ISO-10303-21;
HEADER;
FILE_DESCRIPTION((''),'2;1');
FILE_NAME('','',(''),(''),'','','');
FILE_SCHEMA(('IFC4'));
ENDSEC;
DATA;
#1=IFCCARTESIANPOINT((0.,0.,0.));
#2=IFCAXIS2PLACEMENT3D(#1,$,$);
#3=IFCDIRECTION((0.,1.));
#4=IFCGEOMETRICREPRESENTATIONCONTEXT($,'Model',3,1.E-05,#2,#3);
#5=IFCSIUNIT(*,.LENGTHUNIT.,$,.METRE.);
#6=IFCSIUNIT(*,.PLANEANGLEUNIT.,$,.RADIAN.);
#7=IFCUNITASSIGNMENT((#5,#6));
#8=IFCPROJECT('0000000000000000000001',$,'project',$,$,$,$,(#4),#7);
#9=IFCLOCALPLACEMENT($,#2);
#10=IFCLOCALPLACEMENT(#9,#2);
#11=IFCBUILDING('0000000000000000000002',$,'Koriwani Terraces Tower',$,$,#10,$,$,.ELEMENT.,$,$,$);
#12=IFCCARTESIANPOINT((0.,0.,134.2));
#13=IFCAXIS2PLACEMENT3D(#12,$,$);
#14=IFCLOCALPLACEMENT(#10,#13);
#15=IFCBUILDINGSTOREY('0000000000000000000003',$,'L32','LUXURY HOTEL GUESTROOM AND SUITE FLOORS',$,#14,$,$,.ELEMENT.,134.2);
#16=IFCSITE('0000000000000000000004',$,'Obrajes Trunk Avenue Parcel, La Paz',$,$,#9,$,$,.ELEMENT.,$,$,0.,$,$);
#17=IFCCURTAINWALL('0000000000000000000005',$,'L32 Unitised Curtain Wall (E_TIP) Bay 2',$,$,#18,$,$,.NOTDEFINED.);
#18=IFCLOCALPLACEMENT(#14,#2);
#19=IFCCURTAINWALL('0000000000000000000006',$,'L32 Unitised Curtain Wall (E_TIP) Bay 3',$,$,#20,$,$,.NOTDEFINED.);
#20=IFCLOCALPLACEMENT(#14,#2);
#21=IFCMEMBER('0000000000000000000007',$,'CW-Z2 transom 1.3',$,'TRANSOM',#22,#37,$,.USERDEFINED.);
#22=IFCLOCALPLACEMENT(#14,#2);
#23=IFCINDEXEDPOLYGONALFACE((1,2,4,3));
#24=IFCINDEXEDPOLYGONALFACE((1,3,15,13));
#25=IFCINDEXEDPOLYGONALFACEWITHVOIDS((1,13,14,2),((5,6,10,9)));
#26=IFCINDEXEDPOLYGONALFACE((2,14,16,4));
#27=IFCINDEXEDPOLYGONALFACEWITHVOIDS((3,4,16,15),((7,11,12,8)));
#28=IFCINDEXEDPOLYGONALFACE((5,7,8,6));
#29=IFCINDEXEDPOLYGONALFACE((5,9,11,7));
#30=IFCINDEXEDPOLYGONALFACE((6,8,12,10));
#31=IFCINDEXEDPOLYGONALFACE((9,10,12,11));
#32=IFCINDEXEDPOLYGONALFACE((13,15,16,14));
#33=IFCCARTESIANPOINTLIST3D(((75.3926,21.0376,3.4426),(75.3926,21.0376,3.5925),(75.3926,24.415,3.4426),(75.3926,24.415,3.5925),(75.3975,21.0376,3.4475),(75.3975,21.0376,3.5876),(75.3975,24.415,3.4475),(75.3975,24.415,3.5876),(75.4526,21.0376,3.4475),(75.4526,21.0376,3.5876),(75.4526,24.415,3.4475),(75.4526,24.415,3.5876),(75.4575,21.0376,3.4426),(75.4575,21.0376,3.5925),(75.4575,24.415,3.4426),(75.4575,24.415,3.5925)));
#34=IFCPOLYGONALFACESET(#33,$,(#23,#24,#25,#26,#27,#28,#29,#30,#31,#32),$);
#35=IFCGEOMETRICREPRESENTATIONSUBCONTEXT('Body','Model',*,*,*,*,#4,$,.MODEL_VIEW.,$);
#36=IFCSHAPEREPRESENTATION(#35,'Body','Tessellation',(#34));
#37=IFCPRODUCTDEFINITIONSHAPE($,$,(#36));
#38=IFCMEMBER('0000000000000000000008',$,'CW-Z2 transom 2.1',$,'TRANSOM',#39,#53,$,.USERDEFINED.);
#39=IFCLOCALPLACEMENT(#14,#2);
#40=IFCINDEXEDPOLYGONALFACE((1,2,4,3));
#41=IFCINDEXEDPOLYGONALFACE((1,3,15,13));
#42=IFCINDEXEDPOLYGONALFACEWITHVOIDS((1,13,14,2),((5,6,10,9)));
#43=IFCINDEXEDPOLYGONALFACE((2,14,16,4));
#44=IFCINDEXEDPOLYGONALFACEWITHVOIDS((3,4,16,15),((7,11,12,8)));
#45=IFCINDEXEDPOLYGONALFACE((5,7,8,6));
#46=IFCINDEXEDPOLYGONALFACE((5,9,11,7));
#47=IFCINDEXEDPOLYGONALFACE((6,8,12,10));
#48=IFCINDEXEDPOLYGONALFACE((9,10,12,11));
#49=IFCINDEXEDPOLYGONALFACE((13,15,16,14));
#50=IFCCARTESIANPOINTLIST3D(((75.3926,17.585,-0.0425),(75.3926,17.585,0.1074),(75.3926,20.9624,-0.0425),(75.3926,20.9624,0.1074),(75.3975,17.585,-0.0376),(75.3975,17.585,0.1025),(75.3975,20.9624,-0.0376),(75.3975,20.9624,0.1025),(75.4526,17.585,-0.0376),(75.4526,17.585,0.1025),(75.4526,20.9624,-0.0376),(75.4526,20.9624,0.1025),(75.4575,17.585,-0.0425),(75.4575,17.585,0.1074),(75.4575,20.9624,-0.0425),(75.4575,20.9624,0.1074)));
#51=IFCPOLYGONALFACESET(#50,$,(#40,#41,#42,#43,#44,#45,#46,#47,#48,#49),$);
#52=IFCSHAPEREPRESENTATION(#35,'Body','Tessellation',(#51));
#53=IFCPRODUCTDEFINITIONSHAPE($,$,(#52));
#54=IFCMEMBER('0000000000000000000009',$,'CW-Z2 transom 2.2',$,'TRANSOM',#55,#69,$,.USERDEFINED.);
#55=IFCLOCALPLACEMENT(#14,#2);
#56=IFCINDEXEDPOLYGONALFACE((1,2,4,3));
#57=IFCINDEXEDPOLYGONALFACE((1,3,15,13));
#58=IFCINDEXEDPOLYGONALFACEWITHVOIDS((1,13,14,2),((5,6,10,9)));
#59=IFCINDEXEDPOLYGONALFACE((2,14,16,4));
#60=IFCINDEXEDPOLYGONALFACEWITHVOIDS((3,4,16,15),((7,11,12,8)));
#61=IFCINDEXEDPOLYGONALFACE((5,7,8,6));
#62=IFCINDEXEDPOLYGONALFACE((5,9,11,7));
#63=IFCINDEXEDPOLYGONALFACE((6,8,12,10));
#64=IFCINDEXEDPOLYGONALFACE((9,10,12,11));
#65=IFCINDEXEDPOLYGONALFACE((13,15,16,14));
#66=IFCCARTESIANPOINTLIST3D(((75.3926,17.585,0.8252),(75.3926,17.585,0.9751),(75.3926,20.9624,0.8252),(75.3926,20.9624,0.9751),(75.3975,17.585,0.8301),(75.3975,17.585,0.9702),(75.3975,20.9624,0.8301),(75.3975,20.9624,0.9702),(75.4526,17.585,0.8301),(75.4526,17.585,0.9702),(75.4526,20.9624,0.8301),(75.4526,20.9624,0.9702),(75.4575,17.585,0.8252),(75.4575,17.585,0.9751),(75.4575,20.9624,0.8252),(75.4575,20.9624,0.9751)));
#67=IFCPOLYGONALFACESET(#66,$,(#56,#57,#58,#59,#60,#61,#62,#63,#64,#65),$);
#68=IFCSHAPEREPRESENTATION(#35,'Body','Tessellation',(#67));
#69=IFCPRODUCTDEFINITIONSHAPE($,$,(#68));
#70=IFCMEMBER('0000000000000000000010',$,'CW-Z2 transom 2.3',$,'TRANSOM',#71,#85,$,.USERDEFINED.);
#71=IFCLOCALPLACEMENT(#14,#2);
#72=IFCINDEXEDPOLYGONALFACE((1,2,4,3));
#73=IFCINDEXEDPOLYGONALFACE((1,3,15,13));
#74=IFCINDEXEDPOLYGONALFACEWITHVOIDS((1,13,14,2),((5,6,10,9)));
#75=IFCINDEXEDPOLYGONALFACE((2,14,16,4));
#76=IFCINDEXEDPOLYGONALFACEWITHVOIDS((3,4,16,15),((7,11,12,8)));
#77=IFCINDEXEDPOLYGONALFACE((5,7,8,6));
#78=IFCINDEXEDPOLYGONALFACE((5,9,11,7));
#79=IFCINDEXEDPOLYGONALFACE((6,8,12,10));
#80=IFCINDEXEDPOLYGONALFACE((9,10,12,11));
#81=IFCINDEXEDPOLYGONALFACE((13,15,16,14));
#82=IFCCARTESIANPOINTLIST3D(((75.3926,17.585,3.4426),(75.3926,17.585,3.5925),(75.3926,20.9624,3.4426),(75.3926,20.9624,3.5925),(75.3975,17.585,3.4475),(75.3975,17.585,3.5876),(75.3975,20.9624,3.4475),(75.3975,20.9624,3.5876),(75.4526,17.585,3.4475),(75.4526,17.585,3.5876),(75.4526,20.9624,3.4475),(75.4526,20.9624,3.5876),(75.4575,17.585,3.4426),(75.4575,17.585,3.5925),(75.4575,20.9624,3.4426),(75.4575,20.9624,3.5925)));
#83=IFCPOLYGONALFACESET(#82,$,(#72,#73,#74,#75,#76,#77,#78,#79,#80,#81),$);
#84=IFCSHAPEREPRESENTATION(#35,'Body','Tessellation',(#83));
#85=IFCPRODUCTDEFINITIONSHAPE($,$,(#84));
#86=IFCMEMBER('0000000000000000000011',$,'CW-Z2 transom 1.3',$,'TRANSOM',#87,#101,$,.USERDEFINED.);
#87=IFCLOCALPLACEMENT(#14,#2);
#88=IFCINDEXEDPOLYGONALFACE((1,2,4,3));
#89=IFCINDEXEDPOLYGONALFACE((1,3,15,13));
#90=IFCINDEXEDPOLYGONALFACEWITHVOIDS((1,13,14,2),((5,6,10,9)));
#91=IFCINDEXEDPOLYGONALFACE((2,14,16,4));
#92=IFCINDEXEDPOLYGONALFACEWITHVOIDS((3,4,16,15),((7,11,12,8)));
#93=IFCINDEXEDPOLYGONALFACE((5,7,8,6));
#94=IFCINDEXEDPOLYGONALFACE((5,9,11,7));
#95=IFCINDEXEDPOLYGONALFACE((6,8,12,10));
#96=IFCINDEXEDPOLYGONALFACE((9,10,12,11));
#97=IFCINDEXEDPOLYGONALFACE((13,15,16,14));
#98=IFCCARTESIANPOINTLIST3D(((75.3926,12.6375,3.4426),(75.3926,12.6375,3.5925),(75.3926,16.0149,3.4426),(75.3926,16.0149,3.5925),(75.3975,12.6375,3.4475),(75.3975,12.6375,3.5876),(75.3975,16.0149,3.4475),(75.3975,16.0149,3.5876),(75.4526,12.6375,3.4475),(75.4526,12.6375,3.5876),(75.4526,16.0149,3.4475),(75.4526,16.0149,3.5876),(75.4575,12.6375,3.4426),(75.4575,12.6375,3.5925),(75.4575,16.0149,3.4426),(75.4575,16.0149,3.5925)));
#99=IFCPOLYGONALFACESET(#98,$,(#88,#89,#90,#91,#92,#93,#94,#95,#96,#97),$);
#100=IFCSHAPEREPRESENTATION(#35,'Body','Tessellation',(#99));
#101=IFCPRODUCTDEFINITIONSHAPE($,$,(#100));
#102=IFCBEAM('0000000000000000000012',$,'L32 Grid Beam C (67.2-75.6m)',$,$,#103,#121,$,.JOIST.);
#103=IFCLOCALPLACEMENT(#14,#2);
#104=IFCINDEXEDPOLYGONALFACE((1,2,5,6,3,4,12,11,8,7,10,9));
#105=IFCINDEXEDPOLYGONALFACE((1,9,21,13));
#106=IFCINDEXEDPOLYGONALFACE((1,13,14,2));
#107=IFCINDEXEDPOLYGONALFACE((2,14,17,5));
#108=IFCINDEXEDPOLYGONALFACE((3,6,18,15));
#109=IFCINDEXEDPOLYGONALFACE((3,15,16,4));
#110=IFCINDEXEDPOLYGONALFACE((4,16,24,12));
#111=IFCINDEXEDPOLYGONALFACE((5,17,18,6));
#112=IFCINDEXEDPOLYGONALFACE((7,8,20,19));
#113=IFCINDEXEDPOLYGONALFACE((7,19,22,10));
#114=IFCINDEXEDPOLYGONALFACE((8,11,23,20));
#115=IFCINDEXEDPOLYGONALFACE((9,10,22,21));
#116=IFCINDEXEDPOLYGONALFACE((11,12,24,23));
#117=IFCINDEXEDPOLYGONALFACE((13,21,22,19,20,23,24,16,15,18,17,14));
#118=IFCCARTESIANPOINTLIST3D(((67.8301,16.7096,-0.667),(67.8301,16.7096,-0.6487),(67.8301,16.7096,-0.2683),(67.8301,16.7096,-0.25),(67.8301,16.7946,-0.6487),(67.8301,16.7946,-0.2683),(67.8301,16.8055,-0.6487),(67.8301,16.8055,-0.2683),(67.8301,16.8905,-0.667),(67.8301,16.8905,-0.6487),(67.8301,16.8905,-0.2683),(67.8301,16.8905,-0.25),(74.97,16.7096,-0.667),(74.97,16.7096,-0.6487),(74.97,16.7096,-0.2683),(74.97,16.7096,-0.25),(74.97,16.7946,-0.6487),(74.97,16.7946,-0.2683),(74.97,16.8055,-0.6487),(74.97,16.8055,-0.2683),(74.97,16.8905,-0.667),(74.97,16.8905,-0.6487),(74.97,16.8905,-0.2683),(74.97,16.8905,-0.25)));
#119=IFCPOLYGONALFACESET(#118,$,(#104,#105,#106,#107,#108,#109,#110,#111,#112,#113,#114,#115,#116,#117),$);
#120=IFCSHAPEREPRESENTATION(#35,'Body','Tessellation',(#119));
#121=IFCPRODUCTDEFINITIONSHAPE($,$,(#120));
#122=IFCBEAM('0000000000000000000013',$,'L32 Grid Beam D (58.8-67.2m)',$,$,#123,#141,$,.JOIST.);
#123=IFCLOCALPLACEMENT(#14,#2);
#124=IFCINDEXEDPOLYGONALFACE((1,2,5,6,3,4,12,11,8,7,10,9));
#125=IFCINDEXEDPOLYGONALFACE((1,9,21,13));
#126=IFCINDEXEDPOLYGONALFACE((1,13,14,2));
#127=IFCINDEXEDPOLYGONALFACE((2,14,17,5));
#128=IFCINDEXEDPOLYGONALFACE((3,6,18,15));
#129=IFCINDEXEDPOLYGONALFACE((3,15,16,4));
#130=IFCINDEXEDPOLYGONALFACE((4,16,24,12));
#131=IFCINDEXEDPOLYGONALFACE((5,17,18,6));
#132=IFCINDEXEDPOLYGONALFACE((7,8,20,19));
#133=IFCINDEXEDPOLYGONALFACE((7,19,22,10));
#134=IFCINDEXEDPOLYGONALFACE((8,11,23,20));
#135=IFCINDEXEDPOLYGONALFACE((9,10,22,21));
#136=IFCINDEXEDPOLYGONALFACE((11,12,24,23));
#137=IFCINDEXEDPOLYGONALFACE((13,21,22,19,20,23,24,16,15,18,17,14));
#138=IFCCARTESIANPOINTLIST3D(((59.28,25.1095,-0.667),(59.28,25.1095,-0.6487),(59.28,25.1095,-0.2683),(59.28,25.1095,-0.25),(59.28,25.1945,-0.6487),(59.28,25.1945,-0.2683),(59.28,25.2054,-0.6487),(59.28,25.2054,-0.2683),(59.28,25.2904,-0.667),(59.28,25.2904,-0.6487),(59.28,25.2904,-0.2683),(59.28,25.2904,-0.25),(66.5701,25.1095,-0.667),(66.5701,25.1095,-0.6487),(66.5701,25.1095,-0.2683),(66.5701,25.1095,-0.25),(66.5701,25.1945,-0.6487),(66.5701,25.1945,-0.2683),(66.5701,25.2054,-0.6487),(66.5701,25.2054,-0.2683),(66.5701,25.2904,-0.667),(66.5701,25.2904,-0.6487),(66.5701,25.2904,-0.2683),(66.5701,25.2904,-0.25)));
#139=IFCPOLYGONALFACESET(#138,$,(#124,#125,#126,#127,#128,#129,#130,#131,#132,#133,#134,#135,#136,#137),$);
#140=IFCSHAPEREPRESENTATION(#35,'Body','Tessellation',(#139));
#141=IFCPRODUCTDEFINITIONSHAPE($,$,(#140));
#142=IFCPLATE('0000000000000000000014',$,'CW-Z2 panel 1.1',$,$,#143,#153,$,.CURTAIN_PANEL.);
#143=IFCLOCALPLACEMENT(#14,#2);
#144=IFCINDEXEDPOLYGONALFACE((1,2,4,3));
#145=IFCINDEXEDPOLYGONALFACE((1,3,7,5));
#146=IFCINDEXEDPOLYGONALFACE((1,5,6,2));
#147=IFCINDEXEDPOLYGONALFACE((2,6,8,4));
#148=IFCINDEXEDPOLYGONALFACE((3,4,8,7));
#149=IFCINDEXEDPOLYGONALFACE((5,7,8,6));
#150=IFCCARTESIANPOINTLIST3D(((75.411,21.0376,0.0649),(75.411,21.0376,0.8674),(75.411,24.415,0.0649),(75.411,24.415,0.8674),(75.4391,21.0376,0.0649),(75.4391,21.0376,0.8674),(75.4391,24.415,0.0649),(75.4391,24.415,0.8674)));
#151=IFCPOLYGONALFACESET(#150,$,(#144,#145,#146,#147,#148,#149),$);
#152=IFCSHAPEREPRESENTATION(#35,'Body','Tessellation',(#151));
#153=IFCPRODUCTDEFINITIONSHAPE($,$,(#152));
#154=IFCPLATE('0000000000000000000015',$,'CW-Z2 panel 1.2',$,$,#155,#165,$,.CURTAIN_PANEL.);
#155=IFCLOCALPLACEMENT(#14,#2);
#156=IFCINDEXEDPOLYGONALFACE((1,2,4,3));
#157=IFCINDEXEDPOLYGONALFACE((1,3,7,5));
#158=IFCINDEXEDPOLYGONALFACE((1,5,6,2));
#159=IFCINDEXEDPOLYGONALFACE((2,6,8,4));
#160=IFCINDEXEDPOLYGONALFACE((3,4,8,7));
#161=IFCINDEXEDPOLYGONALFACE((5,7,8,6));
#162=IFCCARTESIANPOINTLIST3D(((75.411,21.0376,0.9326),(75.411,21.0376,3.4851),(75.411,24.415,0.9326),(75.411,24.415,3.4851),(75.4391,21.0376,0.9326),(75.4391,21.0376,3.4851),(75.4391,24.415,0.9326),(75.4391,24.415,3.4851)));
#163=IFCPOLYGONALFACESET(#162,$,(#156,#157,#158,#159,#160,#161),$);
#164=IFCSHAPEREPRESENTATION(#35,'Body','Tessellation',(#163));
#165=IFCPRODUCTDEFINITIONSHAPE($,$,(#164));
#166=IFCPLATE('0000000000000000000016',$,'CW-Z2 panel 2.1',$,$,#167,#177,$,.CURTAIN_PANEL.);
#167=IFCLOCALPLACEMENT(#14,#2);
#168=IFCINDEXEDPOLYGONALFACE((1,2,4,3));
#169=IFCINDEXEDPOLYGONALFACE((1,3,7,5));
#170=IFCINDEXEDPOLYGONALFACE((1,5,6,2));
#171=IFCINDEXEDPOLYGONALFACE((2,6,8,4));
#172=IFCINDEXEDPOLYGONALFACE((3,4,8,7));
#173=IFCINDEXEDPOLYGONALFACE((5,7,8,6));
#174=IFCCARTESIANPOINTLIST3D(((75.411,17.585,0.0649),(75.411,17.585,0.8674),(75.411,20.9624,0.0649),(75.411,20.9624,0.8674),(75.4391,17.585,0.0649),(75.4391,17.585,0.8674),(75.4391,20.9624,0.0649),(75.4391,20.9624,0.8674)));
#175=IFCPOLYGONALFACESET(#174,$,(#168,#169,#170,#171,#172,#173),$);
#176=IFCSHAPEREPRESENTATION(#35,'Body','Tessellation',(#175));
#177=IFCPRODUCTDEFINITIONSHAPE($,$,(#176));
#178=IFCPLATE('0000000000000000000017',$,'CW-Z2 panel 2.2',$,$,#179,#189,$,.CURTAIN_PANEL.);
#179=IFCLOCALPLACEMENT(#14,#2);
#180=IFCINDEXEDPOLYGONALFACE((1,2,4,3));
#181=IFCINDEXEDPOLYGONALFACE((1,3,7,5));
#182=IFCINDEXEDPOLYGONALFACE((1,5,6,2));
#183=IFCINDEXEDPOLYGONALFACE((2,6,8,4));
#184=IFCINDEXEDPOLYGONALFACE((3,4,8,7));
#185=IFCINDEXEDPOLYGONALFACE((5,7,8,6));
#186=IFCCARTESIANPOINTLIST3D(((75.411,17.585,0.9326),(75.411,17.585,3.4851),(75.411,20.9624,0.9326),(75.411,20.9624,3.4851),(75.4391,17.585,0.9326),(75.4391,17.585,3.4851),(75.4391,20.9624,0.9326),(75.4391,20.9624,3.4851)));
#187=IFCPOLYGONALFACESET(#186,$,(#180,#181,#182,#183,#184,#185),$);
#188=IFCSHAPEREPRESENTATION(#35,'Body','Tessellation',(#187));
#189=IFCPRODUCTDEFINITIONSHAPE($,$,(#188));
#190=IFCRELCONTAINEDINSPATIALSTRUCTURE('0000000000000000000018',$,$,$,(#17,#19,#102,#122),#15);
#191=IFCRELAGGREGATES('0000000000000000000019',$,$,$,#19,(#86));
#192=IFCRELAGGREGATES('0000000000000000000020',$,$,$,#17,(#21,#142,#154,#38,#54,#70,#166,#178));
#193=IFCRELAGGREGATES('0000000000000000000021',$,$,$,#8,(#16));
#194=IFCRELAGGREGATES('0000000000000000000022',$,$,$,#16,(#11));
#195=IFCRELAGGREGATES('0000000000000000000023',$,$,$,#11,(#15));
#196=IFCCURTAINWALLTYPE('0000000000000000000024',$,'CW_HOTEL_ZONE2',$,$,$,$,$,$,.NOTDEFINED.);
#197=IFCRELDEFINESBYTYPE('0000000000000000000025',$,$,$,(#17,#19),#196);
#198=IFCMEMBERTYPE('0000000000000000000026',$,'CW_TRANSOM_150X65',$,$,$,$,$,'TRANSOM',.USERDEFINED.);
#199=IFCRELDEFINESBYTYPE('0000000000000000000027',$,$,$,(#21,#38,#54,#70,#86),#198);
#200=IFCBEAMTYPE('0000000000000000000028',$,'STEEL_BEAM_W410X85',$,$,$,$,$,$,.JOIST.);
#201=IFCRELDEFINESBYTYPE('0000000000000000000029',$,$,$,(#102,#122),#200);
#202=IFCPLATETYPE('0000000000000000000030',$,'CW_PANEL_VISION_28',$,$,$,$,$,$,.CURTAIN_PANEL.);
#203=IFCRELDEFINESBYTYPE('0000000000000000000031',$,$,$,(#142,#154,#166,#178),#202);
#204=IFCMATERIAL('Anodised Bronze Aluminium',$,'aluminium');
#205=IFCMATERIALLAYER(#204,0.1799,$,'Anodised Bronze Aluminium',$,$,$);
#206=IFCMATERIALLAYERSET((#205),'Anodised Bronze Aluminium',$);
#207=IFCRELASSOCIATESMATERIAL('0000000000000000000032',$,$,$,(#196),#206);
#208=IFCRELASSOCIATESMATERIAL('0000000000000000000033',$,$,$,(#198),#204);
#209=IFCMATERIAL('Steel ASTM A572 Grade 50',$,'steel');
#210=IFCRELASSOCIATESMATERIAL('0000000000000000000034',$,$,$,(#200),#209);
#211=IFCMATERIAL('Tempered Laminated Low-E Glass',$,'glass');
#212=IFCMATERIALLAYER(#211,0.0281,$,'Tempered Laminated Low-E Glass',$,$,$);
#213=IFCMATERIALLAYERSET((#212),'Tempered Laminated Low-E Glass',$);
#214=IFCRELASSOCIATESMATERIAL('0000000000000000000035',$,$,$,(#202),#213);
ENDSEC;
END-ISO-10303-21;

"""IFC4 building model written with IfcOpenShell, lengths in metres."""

from ifc_helpers import new_model, si_unit, direction, frame, origin, origin_2d, place, context, subcontext, project, spatial, rectangle, hollow_rectangle, i_section, extrude, material, layer, layer_set, material_profile, profile_set, type_object, element, aggregate, save


model = new_model("IFC4")

# Units and contexts
model_context = context("Model", 3, precision=1e-05, world=origin(), true_north=direction((0.0, 1.0)))
body_context = subcontext(model_context, "Body", "Model", "MODEL_VIEW")
ifc_project = project(units=[si_unit("LENGTHUNIT", "METRE"), si_unit("PLANEANGLEUNIT", "RADIAN")], contexts=[model_context])

# Site, building, storey
site_placement = place(None, origin())
site = spatial("IfcSite", under=ifc_project, at=site_placement, Name="Obrajes Trunk Avenue Parcel, La Paz", CompositionType="ELEMENT", RefElevation=0.0)
building_placement = place(site_placement, origin())
building = spatial("IfcBuilding", under=site, at=building_placement, Name="Koriwani Terraces Tower", CompositionType="ELEMENT")
storey_placement = place(building_placement, frame((0.0, 0.0, 134.2)))
storey = spatial("IfcBuildingStorey", under=building, at=storey_placement, Name="L32", Description="LUXURY HOTEL GUESTROOM AND SUITE FLOORS", CompositionType="ELEMENT", Elevation=134.2)

# Curtain wall
ifc_material_1 = material(Name="Anodised Bronze Aluminium", Category="aluminium")
ifc_layer_1 = layer(ifc_material_1, 0.1799, Name="Anodised Bronze Aluminium")
ifc_layer_set_1 = layer_set([ifc_layer_1], Name="Anodised Bronze Aluminium")
curtain_wall_type = type_object("IfcCurtainWallType", Name="CW_HOTEL_ZONE2", PredefinedType="NOTDEFINED", material=ifc_layer_set_1)
curtain_wall_1_placement = place(storey_placement, origin())
curtain_wall_1 = element("IfcCurtainWall", 1, at=curtain_wall_1_placement, inside=storey, type_object=curtain_wall_type, Name="L32 Unitised Curtain Wall (E_TIP) Bay 2", PredefinedType="NOTDEFINED")

# Curtain wall
curtain_wall_2_placement = place(storey_placement, origin())
curtain_wall_2 = element("IfcCurtainWall", 2, at=curtain_wall_2_placement, inside=storey, type_object=curtain_wall_type, Name="L32 Unitised Curtain Wall (E_TIP) Bay 3", PredefinedType="NOTDEFINED")

# Members
ifc_material_profile_1 = material_profile(ifc_material_1, hollow_rectangle(XDim=0.0649, YDim=0.1499, WallThickness=0.0049, at=origin_2d()), Name="Anodised Bronze Aluminium", Category="LoadBearing")
ifc_profile_set_1 = profile_set([ifc_material_profile_1], Name="Anodised Bronze Aluminium")
member_type_1 = type_object("IfcMemberType", Name="CW_TRANSOM_150X65", ElementType="TRANSOM", PredefinedType="USERDEFINED", material=ifc_profile_set_1)
member_1_placement = place(storey_placement, frame((75.425, 24.415, 3.5176), z_axis=(0.0, -1.0, 0.0), x_axis=(1.0, 0.0, 0.0)))
member_1 = element("IfcMember", 3, at=member_1_placement, type_object=member_type_1, Name="CW-Z2 transom 1.3", ObjectType="TRANSOM", PredefinedType="USERDEFINED", context=body_context, shape_type="SweptSolid", body=[
    extrude(hollow_rectangle(XDim=0.0649, YDim=0.1499, WallThickness=0.0049, at=origin_2d()), origin(), (0.0, 0.0, 1.0), 3.3774),
])
member_2_placement = place(storey_placement, frame((75.425, 20.9624, 0.0325), z_axis=(0.0, -1.0, 0.0), x_axis=(1.0, 0.0, 0.0)))
member_2 = element("IfcMember", 4, at=member_2_placement, type_object=member_type_1, Name="CW-Z2 transom 2.1", ObjectType="TRANSOM", PredefinedType="USERDEFINED", context=body_context, shape_type="SweptSolid", body=[
    extrude(hollow_rectangle(XDim=0.0649, YDim=0.1499, WallThickness=0.0049, at=origin_2d()), origin(), (0.0, 0.0, 1.0), 3.3774),
])
member_3_placement = place(storey_placement, frame((75.425, 20.9624, 0.9001), z_axis=(0.0, -1.0, 0.0), x_axis=(1.0, 0.0, 0.0)))
member_3 = element("IfcMember", 5, at=member_3_placement, type_object=member_type_1, Name="CW-Z2 transom 2.2", ObjectType="TRANSOM", PredefinedType="USERDEFINED", context=body_context, shape_type="SweptSolid", body=[
    extrude(hollow_rectangle(XDim=0.0649, YDim=0.1499, WallThickness=0.0049, at=origin_2d()), origin(), (0.0, 0.0, 1.0), 3.3774),
])
member_4_placement = place(storey_placement, frame((75.425, 20.9624, 3.5176), z_axis=(0.0, -1.0, 0.0), x_axis=(1.0, 0.0, 0.0)))
member_4 = element("IfcMember", 6, at=member_4_placement, type_object=member_type_1, Name="CW-Z2 transom 2.3", ObjectType="TRANSOM", PredefinedType="USERDEFINED", context=body_context, shape_type="SweptSolid", body=[
    extrude(hollow_rectangle(XDim=0.0649, YDim=0.1499, WallThickness=0.0049, at=origin_2d()), origin(), (0.0, 0.0, 1.0), 3.3774),
])
member_5_placement = place(storey_placement, frame((75.425, 16.0149, 3.5176), z_axis=(0.0, -1.0, 0.0), x_axis=(1.0, 0.0, 0.0)))
member_5 = element("IfcMember", 7, at=member_5_placement, type_object=member_type_1, Name="CW-Z2 transom 1.3", ObjectType="TRANSOM", PredefinedType="USERDEFINED", context=body_context, shape_type="SweptSolid", body=[
    extrude(hollow_rectangle(XDim=0.0649, YDim=0.1499, WallThickness=0.0049, at=origin_2d()), origin(), (0.0, 0.0, 1.0), 3.3774),
])
aggregate(curtain_wall_2, [member_5])

# Beams
ifc_material_2 = material(Name="Steel ASTM A572 Grade 50", Category="steel")
ifc_material_profile_2 = material_profile(ifc_material_2, i_section(OverallWidth=0.1809, OverallDepth=0.417, WebThickness=0.011, FlangeThickness=0.0183, at=origin_2d()), Name="Steel ASTM A572 Grade 50", Category="LoadBearing")
ifc_profile_set_2 = profile_set([ifc_material_profile_2], Name="Steel ASTM A572 Grade 50")
beam_type_1 = type_object("IfcBeamType", Name="STEEL_BEAM_W410X85", PredefinedType="JOIST", material=ifc_profile_set_2)
beam_1_placement = place(storey_placement, frame((67.8301, 16.8, -0.4585), z_axis=(1.0, 0.0, 0.0), x_axis=(0.0, 1.0, 0.0)))
element("IfcBeam", 8, at=beam_1_placement, inside=storey, type_object=beam_type_1, Name="L32 Grid Beam C (67.2-75.6m)", PredefinedType="JOIST", context=body_context, shape_type="SweptSolid", body=[
    extrude(i_section(OverallWidth=0.1809, OverallDepth=0.417, WebThickness=0.011, FlangeThickness=0.0183, at=origin_2d()), origin(), (0.0, 0.0, 1.0), 7.1399),
])
beam_2_placement = place(storey_placement, frame((59.28, 25.2, -0.4585), z_axis=(1.0, 0.0, 0.0), x_axis=(0.0, 1.0, 0.0)))
element("IfcBeam", 9, at=beam_2_placement, inside=storey, type_object=beam_type_1, Name="L32 Grid Beam D (58.8-67.2m)", PredefinedType="JOIST", context=body_context, shape_type="SweptSolid", body=[
    extrude(i_section(OverallWidth=0.1809, OverallDepth=0.417, WebThickness=0.011, FlangeThickness=0.0183, at=origin_2d()), origin(), (0.0, 0.0, 1.0), 7.29),
])

# Plates
ifc_material_3 = material(Name="Tempered Laminated Low-E Glass", Category="glass")
ifc_layer_2 = layer(ifc_material_3, 0.0281, Name="Tempered Laminated Low-E Glass")
ifc_layer_set_2 = layer_set([ifc_layer_2], Name="Tempered Laminated Low-E Glass")
plate_type = type_object("IfcPlateType", Name="CW_PANEL_VISION_28", PredefinedType="CURTAIN_PANEL", material=ifc_layer_set_2)
plate_1_placement = place(storey_placement, frame((75.425, 22.7263, 0.0649), z_axis=(0.0, 0.0, 1.0), x_axis=(0.0, -1.0, 0.0)))
plate_1 = element("IfcPlate", 10, at=plate_1_placement, type_object=plate_type, Name="CW-Z2 panel 1.1", PredefinedType="CURTAIN_PANEL", context=body_context, shape_type="SweptSolid", body=[
    extrude(rectangle(XDim=3.3774, YDim=0.0281, at=origin_2d()), origin(), (0.0, 0.0, 1.0), 0.8025),
])
plate_2_placement = place(storey_placement, frame((75.425, 22.7263, 0.9326), z_axis=(0.0, 0.0, 1.0), x_axis=(0.0, -1.0, 0.0)))
plate_2 = element("IfcPlate", 11, at=plate_2_placement, type_object=plate_type, Name="CW-Z2 panel 1.2", PredefinedType="CURTAIN_PANEL", context=body_context, shape_type="SweptSolid", body=[
    extrude(rectangle(XDim=3.3774, YDim=0.0281, at=origin_2d()), origin(), (0.0, 0.0, 1.0), 2.5525),
])
plate_3_placement = place(storey_placement, frame((75.425, 19.2737, 0.0649), z_axis=(0.0, 0.0, 1.0), x_axis=(0.0, -1.0, 0.0)))
plate_3 = element("IfcPlate", 12, at=plate_3_placement, type_object=plate_type, Name="CW-Z2 panel 2.1", PredefinedType="CURTAIN_PANEL", context=body_context, shape_type="SweptSolid", body=[
    extrude(rectangle(XDim=3.3774, YDim=0.0281, at=origin_2d()), origin(), (0.0, 0.0, 1.0), 0.8025),
])
plate_4_placement = place(storey_placement, frame((75.425, 19.2737, 0.9326), z_axis=(0.0, 0.0, 1.0), x_axis=(0.0, -1.0, 0.0)))
plate_4 = element("IfcPlate", 13, at=plate_4_placement, type_object=plate_type, Name="CW-Z2 panel 2.2", PredefinedType="CURTAIN_PANEL", context=body_context, shape_type="SweptSolid", body=[
    extrude(rectangle(XDim=3.3774, YDim=0.0281, at=origin_2d()), origin(), (0.0, 0.0, 1.0), 2.5525),
])
aggregate(curtain_wall_1, [member_1, plate_1, plate_2, member_2, member_3, member_4, plate_3, plate_4])

save(model, "model.ifc")
